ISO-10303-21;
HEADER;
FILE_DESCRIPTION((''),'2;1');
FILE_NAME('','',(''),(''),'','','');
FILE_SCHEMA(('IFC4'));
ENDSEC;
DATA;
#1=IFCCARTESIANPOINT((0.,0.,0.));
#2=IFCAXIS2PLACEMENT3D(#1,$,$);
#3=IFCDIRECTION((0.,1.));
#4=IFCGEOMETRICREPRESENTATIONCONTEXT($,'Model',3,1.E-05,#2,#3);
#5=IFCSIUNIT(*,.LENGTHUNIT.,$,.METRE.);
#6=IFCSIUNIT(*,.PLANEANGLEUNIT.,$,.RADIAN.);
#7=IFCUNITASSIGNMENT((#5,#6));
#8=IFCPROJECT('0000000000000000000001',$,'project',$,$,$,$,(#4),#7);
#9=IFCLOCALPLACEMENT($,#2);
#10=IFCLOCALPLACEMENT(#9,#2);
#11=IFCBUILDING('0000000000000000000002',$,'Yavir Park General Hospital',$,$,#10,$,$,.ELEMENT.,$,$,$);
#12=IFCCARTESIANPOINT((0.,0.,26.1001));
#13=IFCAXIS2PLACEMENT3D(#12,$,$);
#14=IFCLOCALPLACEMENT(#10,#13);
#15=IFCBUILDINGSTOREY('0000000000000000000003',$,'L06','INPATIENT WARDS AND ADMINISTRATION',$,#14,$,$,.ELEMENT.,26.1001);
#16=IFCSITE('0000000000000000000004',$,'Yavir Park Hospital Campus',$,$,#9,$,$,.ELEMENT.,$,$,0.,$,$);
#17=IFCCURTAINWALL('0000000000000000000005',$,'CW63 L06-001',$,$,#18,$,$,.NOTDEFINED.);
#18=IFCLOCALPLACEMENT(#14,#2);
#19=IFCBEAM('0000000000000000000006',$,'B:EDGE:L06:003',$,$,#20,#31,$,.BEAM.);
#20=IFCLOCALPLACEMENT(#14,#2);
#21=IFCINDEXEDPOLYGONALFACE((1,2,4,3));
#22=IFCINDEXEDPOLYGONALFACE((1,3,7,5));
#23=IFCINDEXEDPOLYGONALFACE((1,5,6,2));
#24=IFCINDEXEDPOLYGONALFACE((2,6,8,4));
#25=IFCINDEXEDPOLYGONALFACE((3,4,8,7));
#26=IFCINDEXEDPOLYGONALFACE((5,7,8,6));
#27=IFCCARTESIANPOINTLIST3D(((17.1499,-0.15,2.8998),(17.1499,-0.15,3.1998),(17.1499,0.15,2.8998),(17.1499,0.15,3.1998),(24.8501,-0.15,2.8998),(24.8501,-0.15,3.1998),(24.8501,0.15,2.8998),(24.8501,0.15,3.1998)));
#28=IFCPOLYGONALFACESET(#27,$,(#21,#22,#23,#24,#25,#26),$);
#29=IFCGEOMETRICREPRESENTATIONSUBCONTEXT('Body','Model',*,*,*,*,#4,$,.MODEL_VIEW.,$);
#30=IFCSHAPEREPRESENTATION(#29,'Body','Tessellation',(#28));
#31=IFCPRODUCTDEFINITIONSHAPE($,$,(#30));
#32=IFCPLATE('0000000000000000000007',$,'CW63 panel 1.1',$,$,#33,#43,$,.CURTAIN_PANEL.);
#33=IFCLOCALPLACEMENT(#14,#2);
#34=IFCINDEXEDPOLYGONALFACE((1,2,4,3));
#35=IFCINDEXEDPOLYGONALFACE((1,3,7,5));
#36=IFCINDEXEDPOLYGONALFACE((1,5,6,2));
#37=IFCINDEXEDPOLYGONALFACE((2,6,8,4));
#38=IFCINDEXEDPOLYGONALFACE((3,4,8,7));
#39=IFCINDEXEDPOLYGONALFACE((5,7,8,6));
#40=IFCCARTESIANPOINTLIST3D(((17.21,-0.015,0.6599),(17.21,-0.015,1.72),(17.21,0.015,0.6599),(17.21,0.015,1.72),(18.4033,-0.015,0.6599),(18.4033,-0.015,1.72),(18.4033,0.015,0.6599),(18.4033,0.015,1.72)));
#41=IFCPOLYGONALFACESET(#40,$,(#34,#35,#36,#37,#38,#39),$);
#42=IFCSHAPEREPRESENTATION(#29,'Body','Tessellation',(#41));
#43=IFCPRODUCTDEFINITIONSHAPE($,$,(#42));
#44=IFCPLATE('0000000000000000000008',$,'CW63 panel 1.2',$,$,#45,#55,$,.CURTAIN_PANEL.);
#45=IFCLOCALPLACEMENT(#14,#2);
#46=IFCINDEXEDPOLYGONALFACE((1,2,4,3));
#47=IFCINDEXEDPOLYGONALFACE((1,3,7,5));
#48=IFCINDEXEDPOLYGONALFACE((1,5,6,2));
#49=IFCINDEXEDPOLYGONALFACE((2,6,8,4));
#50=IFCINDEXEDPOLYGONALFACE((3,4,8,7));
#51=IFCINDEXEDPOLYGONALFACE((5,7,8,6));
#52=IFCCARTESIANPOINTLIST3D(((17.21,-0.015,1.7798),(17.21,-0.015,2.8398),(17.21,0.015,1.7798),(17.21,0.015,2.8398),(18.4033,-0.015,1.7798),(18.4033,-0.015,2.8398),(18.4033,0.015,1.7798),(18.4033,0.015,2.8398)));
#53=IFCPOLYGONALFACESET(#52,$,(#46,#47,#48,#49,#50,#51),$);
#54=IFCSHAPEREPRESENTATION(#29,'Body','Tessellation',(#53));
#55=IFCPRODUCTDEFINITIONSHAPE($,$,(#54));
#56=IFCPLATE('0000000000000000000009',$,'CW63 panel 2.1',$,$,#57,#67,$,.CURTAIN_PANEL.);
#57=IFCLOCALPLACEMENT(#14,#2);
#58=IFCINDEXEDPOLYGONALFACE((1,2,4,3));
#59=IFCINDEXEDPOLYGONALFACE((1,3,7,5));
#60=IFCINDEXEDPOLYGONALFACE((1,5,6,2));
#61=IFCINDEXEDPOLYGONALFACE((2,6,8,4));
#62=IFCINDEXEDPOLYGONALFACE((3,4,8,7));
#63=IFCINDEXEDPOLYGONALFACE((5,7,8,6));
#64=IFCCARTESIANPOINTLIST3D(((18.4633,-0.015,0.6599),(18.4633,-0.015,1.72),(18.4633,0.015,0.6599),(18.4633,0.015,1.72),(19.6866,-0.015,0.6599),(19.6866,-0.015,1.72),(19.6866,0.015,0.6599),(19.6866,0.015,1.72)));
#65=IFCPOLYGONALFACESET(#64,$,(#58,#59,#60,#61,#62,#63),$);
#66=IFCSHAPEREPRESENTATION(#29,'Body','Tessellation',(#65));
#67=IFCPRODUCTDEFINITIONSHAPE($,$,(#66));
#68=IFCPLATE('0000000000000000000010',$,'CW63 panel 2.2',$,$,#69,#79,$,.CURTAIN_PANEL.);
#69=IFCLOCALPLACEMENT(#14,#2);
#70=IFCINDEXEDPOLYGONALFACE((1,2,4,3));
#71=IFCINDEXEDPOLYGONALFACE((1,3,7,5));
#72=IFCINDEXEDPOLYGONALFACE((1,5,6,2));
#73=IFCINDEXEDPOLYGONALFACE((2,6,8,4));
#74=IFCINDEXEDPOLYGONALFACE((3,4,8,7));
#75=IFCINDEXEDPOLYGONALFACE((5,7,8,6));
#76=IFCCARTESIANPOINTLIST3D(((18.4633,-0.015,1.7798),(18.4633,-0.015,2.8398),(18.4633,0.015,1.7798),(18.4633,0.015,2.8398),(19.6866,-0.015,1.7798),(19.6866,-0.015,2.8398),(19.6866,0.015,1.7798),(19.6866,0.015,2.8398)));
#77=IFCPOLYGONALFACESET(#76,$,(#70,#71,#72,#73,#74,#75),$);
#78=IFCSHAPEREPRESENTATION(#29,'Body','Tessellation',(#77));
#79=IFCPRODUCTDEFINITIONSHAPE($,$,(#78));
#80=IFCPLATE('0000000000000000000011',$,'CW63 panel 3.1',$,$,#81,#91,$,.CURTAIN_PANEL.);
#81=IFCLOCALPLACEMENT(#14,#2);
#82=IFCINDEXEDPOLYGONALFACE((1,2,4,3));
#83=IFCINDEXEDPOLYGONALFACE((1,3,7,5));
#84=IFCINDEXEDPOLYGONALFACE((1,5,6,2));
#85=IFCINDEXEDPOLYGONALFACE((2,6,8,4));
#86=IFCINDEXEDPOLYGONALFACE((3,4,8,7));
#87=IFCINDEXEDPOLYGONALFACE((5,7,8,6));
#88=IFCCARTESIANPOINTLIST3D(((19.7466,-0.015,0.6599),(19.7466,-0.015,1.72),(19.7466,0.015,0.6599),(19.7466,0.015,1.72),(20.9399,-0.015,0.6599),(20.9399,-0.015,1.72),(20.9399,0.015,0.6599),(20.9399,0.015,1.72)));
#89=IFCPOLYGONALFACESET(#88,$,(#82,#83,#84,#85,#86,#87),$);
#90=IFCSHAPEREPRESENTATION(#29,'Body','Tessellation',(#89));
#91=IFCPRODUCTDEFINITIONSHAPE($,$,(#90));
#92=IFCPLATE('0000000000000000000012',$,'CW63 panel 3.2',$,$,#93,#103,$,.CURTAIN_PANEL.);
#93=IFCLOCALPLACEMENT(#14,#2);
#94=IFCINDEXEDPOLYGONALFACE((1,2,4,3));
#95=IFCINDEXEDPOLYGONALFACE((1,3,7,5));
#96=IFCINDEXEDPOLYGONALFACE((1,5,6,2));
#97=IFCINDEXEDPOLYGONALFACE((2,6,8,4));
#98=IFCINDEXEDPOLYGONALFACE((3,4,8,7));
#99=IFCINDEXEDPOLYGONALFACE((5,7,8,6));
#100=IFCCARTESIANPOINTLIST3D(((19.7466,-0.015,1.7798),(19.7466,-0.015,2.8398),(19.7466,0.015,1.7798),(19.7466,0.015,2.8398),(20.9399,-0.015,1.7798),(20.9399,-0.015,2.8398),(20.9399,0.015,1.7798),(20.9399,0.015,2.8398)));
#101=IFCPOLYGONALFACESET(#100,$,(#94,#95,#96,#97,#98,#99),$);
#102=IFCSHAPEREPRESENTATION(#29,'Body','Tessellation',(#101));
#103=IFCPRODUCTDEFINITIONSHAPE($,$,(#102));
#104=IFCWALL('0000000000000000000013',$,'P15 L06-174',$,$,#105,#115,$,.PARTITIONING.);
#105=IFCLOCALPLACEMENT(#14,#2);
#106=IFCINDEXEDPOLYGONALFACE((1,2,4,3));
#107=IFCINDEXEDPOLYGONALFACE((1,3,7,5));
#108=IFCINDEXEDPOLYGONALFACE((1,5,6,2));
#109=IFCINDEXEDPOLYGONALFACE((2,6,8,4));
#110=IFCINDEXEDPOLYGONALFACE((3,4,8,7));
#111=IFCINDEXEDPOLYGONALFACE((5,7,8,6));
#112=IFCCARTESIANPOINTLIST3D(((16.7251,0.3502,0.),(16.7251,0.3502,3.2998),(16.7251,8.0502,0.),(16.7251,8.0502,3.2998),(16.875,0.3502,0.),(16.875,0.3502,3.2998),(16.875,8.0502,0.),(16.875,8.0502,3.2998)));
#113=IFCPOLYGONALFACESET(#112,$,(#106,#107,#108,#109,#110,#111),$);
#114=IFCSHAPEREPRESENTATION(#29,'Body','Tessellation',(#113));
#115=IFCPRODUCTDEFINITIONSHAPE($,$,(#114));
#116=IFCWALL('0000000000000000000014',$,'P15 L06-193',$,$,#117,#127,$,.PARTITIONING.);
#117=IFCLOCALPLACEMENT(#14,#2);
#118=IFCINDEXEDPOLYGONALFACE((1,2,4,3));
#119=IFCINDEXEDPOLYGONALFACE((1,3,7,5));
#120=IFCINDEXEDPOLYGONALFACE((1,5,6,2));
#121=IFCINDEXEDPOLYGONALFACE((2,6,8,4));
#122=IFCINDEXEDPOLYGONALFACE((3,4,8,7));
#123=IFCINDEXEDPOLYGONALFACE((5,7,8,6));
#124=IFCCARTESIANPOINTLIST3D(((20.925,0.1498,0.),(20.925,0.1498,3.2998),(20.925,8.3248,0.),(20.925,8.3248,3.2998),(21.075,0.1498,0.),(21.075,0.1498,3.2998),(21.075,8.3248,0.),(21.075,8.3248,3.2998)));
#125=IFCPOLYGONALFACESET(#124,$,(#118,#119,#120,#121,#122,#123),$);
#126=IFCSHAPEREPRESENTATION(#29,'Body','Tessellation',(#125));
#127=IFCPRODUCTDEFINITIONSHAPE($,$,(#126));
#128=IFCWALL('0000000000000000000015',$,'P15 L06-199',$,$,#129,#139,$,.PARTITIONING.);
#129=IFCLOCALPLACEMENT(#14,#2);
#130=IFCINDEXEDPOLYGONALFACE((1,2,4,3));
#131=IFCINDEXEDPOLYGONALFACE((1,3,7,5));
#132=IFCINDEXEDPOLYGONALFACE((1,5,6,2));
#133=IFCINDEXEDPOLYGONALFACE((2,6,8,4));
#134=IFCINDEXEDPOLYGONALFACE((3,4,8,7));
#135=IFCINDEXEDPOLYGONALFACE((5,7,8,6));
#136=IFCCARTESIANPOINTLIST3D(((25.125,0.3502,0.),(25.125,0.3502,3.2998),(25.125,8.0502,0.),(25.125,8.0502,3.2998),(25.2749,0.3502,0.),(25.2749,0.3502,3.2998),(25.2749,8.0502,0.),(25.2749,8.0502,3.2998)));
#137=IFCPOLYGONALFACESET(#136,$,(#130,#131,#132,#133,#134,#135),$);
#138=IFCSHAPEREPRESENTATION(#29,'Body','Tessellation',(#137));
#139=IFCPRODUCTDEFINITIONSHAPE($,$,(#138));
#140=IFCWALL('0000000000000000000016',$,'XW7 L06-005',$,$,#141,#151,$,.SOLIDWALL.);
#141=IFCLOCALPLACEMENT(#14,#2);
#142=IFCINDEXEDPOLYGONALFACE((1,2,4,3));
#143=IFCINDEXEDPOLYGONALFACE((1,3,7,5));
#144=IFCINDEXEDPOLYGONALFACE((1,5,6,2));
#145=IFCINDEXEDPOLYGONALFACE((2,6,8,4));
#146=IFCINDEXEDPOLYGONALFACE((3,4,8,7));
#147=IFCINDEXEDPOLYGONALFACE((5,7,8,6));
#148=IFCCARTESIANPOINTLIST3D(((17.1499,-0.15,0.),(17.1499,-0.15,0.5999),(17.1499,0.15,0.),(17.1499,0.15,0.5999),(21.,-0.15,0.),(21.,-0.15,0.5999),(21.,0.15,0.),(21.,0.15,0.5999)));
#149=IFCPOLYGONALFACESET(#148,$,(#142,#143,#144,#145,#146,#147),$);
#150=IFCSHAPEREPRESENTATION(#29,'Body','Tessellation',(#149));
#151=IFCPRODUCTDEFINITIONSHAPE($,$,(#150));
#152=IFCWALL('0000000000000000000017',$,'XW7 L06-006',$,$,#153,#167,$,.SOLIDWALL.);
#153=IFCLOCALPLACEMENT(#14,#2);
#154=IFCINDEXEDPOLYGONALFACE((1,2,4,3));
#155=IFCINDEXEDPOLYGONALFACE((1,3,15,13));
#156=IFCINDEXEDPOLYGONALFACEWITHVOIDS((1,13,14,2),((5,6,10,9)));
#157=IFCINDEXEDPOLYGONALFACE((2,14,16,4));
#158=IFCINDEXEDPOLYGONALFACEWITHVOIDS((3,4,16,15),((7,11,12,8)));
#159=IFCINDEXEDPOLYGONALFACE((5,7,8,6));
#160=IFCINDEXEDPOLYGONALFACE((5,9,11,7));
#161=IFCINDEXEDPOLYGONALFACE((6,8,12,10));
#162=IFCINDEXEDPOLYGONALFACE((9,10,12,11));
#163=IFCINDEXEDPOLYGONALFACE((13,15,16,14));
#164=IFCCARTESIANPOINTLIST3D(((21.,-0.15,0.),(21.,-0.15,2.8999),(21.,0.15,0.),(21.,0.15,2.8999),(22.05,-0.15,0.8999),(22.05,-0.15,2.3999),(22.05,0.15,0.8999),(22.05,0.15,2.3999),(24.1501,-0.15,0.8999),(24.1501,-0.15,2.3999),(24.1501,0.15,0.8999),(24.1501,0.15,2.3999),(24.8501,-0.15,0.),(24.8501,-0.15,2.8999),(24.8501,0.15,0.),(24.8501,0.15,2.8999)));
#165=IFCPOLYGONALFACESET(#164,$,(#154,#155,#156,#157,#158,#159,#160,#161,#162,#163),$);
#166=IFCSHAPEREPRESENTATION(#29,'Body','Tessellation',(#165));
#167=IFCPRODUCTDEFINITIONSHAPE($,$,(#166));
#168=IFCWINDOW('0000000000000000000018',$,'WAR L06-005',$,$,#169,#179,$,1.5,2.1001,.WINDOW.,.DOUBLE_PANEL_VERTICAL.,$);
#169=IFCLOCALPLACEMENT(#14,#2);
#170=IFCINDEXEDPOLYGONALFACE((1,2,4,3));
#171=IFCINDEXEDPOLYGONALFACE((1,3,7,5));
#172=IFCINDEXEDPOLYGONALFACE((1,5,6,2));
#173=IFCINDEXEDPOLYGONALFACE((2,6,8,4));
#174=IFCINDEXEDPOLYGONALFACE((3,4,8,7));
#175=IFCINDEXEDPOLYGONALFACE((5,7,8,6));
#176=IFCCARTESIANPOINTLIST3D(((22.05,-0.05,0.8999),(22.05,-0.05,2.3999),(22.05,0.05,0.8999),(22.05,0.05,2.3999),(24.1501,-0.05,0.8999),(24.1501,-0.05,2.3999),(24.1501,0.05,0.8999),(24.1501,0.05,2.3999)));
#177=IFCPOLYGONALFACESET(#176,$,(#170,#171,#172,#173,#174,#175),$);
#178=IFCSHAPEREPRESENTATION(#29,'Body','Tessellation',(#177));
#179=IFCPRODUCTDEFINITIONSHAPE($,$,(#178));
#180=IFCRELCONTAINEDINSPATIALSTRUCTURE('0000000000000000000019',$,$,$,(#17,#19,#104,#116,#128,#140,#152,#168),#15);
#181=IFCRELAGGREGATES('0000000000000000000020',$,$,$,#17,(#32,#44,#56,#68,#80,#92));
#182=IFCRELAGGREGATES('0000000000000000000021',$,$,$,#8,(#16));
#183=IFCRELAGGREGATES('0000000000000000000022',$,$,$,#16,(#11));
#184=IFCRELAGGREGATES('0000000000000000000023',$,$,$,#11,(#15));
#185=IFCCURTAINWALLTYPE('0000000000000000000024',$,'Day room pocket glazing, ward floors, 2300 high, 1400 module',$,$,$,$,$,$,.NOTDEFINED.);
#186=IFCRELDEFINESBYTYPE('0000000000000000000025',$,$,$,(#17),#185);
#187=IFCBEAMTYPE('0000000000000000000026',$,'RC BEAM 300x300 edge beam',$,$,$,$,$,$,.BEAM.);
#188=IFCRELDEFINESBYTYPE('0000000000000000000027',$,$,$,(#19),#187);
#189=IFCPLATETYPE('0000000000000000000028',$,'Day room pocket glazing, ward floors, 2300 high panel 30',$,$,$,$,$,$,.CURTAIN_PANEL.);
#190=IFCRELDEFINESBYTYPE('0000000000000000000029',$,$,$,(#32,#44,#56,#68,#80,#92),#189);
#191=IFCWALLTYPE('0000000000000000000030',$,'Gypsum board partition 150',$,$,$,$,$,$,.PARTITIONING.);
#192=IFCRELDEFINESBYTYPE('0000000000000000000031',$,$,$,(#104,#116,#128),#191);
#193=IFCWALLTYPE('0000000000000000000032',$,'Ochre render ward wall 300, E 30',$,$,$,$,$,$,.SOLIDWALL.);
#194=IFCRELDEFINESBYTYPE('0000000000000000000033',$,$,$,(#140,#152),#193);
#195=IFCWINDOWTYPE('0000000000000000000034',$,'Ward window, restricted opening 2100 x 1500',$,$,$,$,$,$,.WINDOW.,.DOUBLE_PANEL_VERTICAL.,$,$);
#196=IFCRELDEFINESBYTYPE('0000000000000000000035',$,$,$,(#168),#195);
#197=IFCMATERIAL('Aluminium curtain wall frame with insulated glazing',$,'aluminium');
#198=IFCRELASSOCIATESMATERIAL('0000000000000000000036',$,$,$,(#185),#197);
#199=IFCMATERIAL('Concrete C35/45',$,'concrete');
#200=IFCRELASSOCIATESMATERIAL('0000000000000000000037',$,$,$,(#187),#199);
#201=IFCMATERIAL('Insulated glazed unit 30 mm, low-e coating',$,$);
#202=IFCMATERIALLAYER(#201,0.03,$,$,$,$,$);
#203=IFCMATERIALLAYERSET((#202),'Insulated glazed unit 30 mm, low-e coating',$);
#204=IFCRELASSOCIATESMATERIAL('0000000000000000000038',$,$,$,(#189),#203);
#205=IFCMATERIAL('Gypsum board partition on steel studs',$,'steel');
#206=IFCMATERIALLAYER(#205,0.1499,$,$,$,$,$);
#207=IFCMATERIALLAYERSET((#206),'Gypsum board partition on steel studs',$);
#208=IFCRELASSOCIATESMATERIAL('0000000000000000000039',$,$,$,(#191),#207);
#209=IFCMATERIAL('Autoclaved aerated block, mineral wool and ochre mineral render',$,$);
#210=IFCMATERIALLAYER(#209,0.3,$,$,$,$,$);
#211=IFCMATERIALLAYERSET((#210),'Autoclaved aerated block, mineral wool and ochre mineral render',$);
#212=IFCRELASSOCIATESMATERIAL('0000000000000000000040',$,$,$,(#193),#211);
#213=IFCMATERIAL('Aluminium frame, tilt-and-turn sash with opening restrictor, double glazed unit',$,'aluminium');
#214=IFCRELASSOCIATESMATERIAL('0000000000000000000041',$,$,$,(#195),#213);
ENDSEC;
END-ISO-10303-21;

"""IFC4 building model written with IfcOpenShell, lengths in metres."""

from ifc_helpers import new_model, si_unit, direction, frame, frame_2d, origin, origin_2d, place, context, subcontext, project, spatial, rectangle, extrude, material, layer, layer_set, material_profile, profile_set, type_object, element, fill, aggregate, save


model = new_model("IFC4")

# Units and contexts
model_context = context("Model", 3, precision=1e-05, world=origin(), true_north=direction((0.0, 1.0)))
body_context = subcontext(model_context, "Body", "Model", "MODEL_VIEW")
ifc_project = project(units=[si_unit("LENGTHUNIT", "METRE"), si_unit("PLANEANGLEUNIT", "RADIAN")], contexts=[model_context])

# Site, building, storey
site_placement = place(None, origin())
site = spatial("IfcSite", under=ifc_project, at=site_placement, Name="Yavir Park Hospital Campus", CompositionType="ELEMENT", RefElevation=0.0)
building_placement = place(site_placement, origin())
building = spatial("IfcBuilding", under=site, at=building_placement, Name="Yavir Park General Hospital", CompositionType="ELEMENT")
storey_placement = place(building_placement, frame((0.0, 0.0, 26.1001)))
storey = spatial("IfcBuildingStorey", under=building, at=storey_placement, Name="L06", Description="INPATIENT WARDS AND ADMINISTRATION", CompositionType="ELEMENT", Elevation=26.1001)

# Curtain wall
ifc_material_1 = material(Name="Aluminium curtain wall frame with insulated glazing", Category="aluminium")
curtain_wall_type = type_object("IfcCurtainWallType", Name="Day room pocket glazing, ward floors, 2300 high, 1400 module", PredefinedType="NOTDEFINED", material=ifc_material_1)
curtain_wall_placement = place(storey_placement, origin())
curtain_wall = element("IfcCurtainWall", 1, at=curtain_wall_placement, inside=storey, type_object=curtain_wall_type, Name="CW63 L06-001", PredefinedType="NOTDEFINED")

# Beam
ifc_material_2 = material(Name="Concrete C35/45", Category="concrete")
ifc_material_profile_1 = material_profile(ifc_material_2, rectangle(XDim=0.3, YDim=0.3, at=origin_2d()), Name="RC300x300")
ifc_profile_set_1 = profile_set([ifc_material_profile_1], Name="Concrete C35/45")
beam_type = type_object("IfcBeamType", Name="RC BEAM 300x300 edge beam", PredefinedType="BEAM", material=ifc_profile_set_1)
beam_placement = place(storey_placement, frame((17.1499, 0.0, 3.0498), z_axis=(1.0, 0.0, 0.0), x_axis=(0.0, 1.0, 0.0)))
element("IfcBeam", 2, at=beam_placement, inside=storey, type_object=beam_type, Name="B:EDGE:L06:003", PredefinedType="BEAM", context=body_context, shape_type="SweptSolid", body=[
    extrude(rectangle(XDim=0.3, YDim=0.3, at=origin_2d()), origin(), (0.0, 0.0, 1.0), 7.7002),
])

# Plates
ifc_material_3 = material(Name="Insulated glazed unit 30 mm, low-e coating")
ifc_layer_1 = layer(ifc_material_3, 0.03)
ifc_layer_set_1 = layer_set([ifc_layer_1], Name="Insulated glazed unit 30 mm, low-e coating")
plate_type = type_object("IfcPlateType", Name="Day room pocket glazing, ward floors, 2300 high panel 30", PredefinedType="CURTAIN_PANEL", material=ifc_layer_set_1)
plate_1_placement = place(storey_placement, frame((17.8066, 0.0, 0.6599), z_axis=(0.0, 0.0, 1.0), x_axis=(1.0, 0.0, 0.0)))
plate_1 = element("IfcPlate", 3, at=plate_1_placement, type_object=plate_type, Name="CW63 panel 1.1", PredefinedType="CURTAIN_PANEL", context=body_context, shape_type="SweptSolid", body=[
    extrude(rectangle(XDim=1.1934, YDim=0.03, at=origin_2d()), origin(), (0.0, 0.0, 1.0), 1.0601),
])
plate_2_placement = place(storey_placement, frame((17.8066, 0.0, 1.7798), z_axis=(0.0, 0.0, 1.0), x_axis=(1.0, 0.0, 0.0)))
plate_2 = element("IfcPlate", 4, at=plate_2_placement, type_object=plate_type, Name="CW63 panel 1.2", PredefinedType="CURTAIN_PANEL", context=body_context, shape_type="SweptSolid", body=[
    extrude(rectangle(XDim=1.1934, YDim=0.03, at=origin_2d()), origin(), (0.0, 0.0, 1.0), 1.0601),
])
plate_3_placement = place(storey_placement, frame((19.075, 0.0, 0.6599), z_axis=(0.0, 0.0, 1.0), x_axis=(1.0, 0.0, 0.0)))
plate_3 = element("IfcPlate", 5, at=plate_3_placement, type_object=plate_type, Name="CW63 panel 2.1", PredefinedType="CURTAIN_PANEL", context=body_context, shape_type="SweptSolid", body=[
    extrude(rectangle(XDim=1.2234, YDim=0.03, at=origin_2d()), origin(), (0.0, 0.0, 1.0), 1.0601),
])
plate_4_placement = place(storey_placement, frame((19.075, 0.0, 1.7798), z_axis=(0.0, 0.0, 1.0), x_axis=(1.0, 0.0, 0.0)))
plate_4 = element("IfcPlate", 6, at=plate_4_placement, type_object=plate_type, Name="CW63 panel 2.2", PredefinedType="CURTAIN_PANEL", context=body_context, shape_type="SweptSolid", body=[
    extrude(rectangle(XDim=1.2234, YDim=0.03, at=origin_2d()), origin(), (0.0, 0.0, 1.0), 1.0601),
])
plate_5_placement = place(storey_placement, frame((20.3433, 0.0, 0.6599), z_axis=(0.0, 0.0, 1.0), x_axis=(1.0, 0.0, 0.0)))
plate_5 = element("IfcPlate", 7, at=plate_5_placement, type_object=plate_type, Name="CW63 panel 3.1", PredefinedType="CURTAIN_PANEL", context=body_context, shape_type="SweptSolid", body=[
    extrude(rectangle(XDim=1.1934, YDim=0.03, at=origin_2d()), origin(), (0.0, 0.0, 1.0), 1.0601),
])
plate_6_placement = place(storey_placement, frame((20.3433, 0.0, 1.7798), z_axis=(0.0, 0.0, 1.0), x_axis=(1.0, 0.0, 0.0)))
plate_6 = element("IfcPlate", 8, at=plate_6_placement, type_object=plate_type, Name="CW63 panel 3.2", PredefinedType="CURTAIN_PANEL", context=body_context, shape_type="SweptSolid", body=[
    extrude(rectangle(XDim=1.1934, YDim=0.03, at=origin_2d()), origin(), (0.0, 0.0, 1.0), 1.0601),
])
aggregate(curtain_wall, [plate_1, plate_2, plate_3, plate_4, plate_5, plate_6])

# Walls
ifc_material_4 = material(Name="Gypsum board partition on steel studs", Category="steel")
ifc_layer_2 = layer(ifc_material_4, 0.1499)
ifc_layer_set_2 = layer_set([ifc_layer_2], Name="Gypsum board partition on steel studs")
wall_type_1 = type_object("IfcWallType", Name="Gypsum board partition 150", PredefinedType="PARTITIONING", material=ifc_layer_set_2)
wall_1_placement = place(storey_placement, frame((16.8, 0.3501, 0.0), z_axis=(0.0, 0.0, 1.0), x_axis=(0.0, 1.0, 0.0)))
element("IfcWall", 9, at=wall_1_placement, inside=storey, type_object=wall_type_1, Name="P15 L06-174", PredefinedType="PARTITIONING", context=body_context, shape_type="SweptSolid", body=[
    extrude(rectangle(XDim=7.7, YDim=0.1499, at=frame_2d((3.8501, 0.0))), origin(), (0.0, 0.0, 1.0), 3.2998),
])
wall_2_placement = place(storey_placement, frame((21.0, 0.1499, 0.0), z_axis=(0.0, 0.0, 1.0), x_axis=(0.0, 1.0, 0.0)))
element("IfcWall", 10, at=wall_2_placement, inside=storey, type_object=wall_type_1, Name="P15 L06-193", PredefinedType="PARTITIONING", context=body_context, shape_type="SweptSolid", body=[
    extrude(rectangle(XDim=8.175, YDim=0.1499, at=frame_2d((4.0874, 0.0))), origin(), (0.0, 0.0, 1.0), 3.2998),
])
wall_3_placement = place(storey_placement, frame((25.2, 0.3501, 0.0), z_axis=(0.0, 0.0, 1.0), x_axis=(0.0, 1.0, 0.0)))
element("IfcWall", 11, at=wall_3_placement, inside=storey, type_object=wall_type_1, Name="P15 L06-199", PredefinedType="PARTITIONING", context=body_context, shape_type="SweptSolid", body=[
    extrude(rectangle(XDim=7.7, YDim=0.1499, at=frame_2d((3.8501, 0.0))), origin(), (0.0, 0.0, 1.0), 3.2998),
])
ifc_material_5 = material(Name="Autoclaved aerated block, mineral wool and ochre mineral render")
ifc_layer_3 = layer(ifc_material_5, 0.3)
ifc_layer_set_3 = layer_set([ifc_layer_3], Name="Autoclaved aerated block, mineral wool and ochre mineral render")
wall_type_2 = type_object("IfcWallType", Name="Ochre render ward wall 300, E 30", PredefinedType="SOLIDWALL", material=ifc_layer_set_3)
wall_4_placement = place(storey_placement, frame((17.1499, 0.0, 0.0), z_axis=(0.0, 0.0, 1.0), x_axis=(1.0, 0.0, 0.0)))
element("IfcWall", 12, at=wall_4_placement, inside=storey, type_object=wall_type_2, Name="XW7 L06-005", PredefinedType="SOLIDWALL", context=body_context, shape_type="SweptSolid", body=[
    extrude(rectangle(XDim=3.8501, YDim=0.3, at=frame_2d((1.925, 0.0))), origin(), (0.0, 0.0, 1.0), 0.5999),
])

# Wall, opening, window
wall_5_placement = place(storey_placement, frame((21.0, 0.0, 0.0), z_axis=(0.0, 0.0, 1.0), x_axis=(1.0, 0.0, 0.0)))
wall_5 = element("IfcWall", 13, at=wall_5_placement, inside=storey, type_object=wall_type_2, Name="XW7 L06-006", PredefinedType="SOLIDWALL", context=body_context, shape_type="SweptSolid", body=[
    extrude(rectangle(XDim=3.8501, YDim=0.3, at=frame_2d((1.925, 0.0))), origin(), (0.0, 0.0, 1.0), 2.8999),
])
opening_placement = place(wall_5_placement, frame((1.05, 0.0, 0.8999)))
opening = element("IfcOpeningElement", 14, at=opening_placement, cuts=wall_5, PredefinedType="OPENING", context=body_context, shape_type="SweptSolid", body=[
    extrude(rectangle(XDim=2.1001, YDim=1.5, at=frame_2d((1.05, 0.75))), frame((0.0, 0.1599, 0.0), z_axis=(0.0, -1.0, 0.0), x_axis=(1.0, 0.0, 0.0)), (0.0, 0.0, 1.0), 0.3201),
])
ifc_material_6 = material(Name="Aluminium frame, tilt-and-turn sash with opening restrictor, double glazed unit", Category="aluminium")
window_type = type_object("IfcWindowType", Name="Ward window, restricted opening 2100 x 1500", PartitioningType="DOUBLE_PANEL_VERTICAL", PredefinedType="WINDOW", material=ifc_material_6)
window_placement = place(opening_placement, origin())
window = element("IfcWindow", 15, at=window_placement, inside=storey, type_object=window_type, Name="WAR L06-005", OverallHeight=1.5, OverallWidth=2.1001, PartitioningType="DOUBLE_PANEL_VERTICAL", PredefinedType="WINDOW", context=body_context, shape_type="SweptSolid", body=[
    extrude(rectangle(XDim=2.1001, YDim=1.5, at=frame_2d((1.05, 0.75))), frame((0.0, 0.05, 0.0), z_axis=(0.0, -1.0, 0.0), x_axis=(1.0, 0.0, 0.0)), (0.0, 0.0, 1.0), 0.1001),
])
fill(opening, window)

save(model, "model.ifc")
